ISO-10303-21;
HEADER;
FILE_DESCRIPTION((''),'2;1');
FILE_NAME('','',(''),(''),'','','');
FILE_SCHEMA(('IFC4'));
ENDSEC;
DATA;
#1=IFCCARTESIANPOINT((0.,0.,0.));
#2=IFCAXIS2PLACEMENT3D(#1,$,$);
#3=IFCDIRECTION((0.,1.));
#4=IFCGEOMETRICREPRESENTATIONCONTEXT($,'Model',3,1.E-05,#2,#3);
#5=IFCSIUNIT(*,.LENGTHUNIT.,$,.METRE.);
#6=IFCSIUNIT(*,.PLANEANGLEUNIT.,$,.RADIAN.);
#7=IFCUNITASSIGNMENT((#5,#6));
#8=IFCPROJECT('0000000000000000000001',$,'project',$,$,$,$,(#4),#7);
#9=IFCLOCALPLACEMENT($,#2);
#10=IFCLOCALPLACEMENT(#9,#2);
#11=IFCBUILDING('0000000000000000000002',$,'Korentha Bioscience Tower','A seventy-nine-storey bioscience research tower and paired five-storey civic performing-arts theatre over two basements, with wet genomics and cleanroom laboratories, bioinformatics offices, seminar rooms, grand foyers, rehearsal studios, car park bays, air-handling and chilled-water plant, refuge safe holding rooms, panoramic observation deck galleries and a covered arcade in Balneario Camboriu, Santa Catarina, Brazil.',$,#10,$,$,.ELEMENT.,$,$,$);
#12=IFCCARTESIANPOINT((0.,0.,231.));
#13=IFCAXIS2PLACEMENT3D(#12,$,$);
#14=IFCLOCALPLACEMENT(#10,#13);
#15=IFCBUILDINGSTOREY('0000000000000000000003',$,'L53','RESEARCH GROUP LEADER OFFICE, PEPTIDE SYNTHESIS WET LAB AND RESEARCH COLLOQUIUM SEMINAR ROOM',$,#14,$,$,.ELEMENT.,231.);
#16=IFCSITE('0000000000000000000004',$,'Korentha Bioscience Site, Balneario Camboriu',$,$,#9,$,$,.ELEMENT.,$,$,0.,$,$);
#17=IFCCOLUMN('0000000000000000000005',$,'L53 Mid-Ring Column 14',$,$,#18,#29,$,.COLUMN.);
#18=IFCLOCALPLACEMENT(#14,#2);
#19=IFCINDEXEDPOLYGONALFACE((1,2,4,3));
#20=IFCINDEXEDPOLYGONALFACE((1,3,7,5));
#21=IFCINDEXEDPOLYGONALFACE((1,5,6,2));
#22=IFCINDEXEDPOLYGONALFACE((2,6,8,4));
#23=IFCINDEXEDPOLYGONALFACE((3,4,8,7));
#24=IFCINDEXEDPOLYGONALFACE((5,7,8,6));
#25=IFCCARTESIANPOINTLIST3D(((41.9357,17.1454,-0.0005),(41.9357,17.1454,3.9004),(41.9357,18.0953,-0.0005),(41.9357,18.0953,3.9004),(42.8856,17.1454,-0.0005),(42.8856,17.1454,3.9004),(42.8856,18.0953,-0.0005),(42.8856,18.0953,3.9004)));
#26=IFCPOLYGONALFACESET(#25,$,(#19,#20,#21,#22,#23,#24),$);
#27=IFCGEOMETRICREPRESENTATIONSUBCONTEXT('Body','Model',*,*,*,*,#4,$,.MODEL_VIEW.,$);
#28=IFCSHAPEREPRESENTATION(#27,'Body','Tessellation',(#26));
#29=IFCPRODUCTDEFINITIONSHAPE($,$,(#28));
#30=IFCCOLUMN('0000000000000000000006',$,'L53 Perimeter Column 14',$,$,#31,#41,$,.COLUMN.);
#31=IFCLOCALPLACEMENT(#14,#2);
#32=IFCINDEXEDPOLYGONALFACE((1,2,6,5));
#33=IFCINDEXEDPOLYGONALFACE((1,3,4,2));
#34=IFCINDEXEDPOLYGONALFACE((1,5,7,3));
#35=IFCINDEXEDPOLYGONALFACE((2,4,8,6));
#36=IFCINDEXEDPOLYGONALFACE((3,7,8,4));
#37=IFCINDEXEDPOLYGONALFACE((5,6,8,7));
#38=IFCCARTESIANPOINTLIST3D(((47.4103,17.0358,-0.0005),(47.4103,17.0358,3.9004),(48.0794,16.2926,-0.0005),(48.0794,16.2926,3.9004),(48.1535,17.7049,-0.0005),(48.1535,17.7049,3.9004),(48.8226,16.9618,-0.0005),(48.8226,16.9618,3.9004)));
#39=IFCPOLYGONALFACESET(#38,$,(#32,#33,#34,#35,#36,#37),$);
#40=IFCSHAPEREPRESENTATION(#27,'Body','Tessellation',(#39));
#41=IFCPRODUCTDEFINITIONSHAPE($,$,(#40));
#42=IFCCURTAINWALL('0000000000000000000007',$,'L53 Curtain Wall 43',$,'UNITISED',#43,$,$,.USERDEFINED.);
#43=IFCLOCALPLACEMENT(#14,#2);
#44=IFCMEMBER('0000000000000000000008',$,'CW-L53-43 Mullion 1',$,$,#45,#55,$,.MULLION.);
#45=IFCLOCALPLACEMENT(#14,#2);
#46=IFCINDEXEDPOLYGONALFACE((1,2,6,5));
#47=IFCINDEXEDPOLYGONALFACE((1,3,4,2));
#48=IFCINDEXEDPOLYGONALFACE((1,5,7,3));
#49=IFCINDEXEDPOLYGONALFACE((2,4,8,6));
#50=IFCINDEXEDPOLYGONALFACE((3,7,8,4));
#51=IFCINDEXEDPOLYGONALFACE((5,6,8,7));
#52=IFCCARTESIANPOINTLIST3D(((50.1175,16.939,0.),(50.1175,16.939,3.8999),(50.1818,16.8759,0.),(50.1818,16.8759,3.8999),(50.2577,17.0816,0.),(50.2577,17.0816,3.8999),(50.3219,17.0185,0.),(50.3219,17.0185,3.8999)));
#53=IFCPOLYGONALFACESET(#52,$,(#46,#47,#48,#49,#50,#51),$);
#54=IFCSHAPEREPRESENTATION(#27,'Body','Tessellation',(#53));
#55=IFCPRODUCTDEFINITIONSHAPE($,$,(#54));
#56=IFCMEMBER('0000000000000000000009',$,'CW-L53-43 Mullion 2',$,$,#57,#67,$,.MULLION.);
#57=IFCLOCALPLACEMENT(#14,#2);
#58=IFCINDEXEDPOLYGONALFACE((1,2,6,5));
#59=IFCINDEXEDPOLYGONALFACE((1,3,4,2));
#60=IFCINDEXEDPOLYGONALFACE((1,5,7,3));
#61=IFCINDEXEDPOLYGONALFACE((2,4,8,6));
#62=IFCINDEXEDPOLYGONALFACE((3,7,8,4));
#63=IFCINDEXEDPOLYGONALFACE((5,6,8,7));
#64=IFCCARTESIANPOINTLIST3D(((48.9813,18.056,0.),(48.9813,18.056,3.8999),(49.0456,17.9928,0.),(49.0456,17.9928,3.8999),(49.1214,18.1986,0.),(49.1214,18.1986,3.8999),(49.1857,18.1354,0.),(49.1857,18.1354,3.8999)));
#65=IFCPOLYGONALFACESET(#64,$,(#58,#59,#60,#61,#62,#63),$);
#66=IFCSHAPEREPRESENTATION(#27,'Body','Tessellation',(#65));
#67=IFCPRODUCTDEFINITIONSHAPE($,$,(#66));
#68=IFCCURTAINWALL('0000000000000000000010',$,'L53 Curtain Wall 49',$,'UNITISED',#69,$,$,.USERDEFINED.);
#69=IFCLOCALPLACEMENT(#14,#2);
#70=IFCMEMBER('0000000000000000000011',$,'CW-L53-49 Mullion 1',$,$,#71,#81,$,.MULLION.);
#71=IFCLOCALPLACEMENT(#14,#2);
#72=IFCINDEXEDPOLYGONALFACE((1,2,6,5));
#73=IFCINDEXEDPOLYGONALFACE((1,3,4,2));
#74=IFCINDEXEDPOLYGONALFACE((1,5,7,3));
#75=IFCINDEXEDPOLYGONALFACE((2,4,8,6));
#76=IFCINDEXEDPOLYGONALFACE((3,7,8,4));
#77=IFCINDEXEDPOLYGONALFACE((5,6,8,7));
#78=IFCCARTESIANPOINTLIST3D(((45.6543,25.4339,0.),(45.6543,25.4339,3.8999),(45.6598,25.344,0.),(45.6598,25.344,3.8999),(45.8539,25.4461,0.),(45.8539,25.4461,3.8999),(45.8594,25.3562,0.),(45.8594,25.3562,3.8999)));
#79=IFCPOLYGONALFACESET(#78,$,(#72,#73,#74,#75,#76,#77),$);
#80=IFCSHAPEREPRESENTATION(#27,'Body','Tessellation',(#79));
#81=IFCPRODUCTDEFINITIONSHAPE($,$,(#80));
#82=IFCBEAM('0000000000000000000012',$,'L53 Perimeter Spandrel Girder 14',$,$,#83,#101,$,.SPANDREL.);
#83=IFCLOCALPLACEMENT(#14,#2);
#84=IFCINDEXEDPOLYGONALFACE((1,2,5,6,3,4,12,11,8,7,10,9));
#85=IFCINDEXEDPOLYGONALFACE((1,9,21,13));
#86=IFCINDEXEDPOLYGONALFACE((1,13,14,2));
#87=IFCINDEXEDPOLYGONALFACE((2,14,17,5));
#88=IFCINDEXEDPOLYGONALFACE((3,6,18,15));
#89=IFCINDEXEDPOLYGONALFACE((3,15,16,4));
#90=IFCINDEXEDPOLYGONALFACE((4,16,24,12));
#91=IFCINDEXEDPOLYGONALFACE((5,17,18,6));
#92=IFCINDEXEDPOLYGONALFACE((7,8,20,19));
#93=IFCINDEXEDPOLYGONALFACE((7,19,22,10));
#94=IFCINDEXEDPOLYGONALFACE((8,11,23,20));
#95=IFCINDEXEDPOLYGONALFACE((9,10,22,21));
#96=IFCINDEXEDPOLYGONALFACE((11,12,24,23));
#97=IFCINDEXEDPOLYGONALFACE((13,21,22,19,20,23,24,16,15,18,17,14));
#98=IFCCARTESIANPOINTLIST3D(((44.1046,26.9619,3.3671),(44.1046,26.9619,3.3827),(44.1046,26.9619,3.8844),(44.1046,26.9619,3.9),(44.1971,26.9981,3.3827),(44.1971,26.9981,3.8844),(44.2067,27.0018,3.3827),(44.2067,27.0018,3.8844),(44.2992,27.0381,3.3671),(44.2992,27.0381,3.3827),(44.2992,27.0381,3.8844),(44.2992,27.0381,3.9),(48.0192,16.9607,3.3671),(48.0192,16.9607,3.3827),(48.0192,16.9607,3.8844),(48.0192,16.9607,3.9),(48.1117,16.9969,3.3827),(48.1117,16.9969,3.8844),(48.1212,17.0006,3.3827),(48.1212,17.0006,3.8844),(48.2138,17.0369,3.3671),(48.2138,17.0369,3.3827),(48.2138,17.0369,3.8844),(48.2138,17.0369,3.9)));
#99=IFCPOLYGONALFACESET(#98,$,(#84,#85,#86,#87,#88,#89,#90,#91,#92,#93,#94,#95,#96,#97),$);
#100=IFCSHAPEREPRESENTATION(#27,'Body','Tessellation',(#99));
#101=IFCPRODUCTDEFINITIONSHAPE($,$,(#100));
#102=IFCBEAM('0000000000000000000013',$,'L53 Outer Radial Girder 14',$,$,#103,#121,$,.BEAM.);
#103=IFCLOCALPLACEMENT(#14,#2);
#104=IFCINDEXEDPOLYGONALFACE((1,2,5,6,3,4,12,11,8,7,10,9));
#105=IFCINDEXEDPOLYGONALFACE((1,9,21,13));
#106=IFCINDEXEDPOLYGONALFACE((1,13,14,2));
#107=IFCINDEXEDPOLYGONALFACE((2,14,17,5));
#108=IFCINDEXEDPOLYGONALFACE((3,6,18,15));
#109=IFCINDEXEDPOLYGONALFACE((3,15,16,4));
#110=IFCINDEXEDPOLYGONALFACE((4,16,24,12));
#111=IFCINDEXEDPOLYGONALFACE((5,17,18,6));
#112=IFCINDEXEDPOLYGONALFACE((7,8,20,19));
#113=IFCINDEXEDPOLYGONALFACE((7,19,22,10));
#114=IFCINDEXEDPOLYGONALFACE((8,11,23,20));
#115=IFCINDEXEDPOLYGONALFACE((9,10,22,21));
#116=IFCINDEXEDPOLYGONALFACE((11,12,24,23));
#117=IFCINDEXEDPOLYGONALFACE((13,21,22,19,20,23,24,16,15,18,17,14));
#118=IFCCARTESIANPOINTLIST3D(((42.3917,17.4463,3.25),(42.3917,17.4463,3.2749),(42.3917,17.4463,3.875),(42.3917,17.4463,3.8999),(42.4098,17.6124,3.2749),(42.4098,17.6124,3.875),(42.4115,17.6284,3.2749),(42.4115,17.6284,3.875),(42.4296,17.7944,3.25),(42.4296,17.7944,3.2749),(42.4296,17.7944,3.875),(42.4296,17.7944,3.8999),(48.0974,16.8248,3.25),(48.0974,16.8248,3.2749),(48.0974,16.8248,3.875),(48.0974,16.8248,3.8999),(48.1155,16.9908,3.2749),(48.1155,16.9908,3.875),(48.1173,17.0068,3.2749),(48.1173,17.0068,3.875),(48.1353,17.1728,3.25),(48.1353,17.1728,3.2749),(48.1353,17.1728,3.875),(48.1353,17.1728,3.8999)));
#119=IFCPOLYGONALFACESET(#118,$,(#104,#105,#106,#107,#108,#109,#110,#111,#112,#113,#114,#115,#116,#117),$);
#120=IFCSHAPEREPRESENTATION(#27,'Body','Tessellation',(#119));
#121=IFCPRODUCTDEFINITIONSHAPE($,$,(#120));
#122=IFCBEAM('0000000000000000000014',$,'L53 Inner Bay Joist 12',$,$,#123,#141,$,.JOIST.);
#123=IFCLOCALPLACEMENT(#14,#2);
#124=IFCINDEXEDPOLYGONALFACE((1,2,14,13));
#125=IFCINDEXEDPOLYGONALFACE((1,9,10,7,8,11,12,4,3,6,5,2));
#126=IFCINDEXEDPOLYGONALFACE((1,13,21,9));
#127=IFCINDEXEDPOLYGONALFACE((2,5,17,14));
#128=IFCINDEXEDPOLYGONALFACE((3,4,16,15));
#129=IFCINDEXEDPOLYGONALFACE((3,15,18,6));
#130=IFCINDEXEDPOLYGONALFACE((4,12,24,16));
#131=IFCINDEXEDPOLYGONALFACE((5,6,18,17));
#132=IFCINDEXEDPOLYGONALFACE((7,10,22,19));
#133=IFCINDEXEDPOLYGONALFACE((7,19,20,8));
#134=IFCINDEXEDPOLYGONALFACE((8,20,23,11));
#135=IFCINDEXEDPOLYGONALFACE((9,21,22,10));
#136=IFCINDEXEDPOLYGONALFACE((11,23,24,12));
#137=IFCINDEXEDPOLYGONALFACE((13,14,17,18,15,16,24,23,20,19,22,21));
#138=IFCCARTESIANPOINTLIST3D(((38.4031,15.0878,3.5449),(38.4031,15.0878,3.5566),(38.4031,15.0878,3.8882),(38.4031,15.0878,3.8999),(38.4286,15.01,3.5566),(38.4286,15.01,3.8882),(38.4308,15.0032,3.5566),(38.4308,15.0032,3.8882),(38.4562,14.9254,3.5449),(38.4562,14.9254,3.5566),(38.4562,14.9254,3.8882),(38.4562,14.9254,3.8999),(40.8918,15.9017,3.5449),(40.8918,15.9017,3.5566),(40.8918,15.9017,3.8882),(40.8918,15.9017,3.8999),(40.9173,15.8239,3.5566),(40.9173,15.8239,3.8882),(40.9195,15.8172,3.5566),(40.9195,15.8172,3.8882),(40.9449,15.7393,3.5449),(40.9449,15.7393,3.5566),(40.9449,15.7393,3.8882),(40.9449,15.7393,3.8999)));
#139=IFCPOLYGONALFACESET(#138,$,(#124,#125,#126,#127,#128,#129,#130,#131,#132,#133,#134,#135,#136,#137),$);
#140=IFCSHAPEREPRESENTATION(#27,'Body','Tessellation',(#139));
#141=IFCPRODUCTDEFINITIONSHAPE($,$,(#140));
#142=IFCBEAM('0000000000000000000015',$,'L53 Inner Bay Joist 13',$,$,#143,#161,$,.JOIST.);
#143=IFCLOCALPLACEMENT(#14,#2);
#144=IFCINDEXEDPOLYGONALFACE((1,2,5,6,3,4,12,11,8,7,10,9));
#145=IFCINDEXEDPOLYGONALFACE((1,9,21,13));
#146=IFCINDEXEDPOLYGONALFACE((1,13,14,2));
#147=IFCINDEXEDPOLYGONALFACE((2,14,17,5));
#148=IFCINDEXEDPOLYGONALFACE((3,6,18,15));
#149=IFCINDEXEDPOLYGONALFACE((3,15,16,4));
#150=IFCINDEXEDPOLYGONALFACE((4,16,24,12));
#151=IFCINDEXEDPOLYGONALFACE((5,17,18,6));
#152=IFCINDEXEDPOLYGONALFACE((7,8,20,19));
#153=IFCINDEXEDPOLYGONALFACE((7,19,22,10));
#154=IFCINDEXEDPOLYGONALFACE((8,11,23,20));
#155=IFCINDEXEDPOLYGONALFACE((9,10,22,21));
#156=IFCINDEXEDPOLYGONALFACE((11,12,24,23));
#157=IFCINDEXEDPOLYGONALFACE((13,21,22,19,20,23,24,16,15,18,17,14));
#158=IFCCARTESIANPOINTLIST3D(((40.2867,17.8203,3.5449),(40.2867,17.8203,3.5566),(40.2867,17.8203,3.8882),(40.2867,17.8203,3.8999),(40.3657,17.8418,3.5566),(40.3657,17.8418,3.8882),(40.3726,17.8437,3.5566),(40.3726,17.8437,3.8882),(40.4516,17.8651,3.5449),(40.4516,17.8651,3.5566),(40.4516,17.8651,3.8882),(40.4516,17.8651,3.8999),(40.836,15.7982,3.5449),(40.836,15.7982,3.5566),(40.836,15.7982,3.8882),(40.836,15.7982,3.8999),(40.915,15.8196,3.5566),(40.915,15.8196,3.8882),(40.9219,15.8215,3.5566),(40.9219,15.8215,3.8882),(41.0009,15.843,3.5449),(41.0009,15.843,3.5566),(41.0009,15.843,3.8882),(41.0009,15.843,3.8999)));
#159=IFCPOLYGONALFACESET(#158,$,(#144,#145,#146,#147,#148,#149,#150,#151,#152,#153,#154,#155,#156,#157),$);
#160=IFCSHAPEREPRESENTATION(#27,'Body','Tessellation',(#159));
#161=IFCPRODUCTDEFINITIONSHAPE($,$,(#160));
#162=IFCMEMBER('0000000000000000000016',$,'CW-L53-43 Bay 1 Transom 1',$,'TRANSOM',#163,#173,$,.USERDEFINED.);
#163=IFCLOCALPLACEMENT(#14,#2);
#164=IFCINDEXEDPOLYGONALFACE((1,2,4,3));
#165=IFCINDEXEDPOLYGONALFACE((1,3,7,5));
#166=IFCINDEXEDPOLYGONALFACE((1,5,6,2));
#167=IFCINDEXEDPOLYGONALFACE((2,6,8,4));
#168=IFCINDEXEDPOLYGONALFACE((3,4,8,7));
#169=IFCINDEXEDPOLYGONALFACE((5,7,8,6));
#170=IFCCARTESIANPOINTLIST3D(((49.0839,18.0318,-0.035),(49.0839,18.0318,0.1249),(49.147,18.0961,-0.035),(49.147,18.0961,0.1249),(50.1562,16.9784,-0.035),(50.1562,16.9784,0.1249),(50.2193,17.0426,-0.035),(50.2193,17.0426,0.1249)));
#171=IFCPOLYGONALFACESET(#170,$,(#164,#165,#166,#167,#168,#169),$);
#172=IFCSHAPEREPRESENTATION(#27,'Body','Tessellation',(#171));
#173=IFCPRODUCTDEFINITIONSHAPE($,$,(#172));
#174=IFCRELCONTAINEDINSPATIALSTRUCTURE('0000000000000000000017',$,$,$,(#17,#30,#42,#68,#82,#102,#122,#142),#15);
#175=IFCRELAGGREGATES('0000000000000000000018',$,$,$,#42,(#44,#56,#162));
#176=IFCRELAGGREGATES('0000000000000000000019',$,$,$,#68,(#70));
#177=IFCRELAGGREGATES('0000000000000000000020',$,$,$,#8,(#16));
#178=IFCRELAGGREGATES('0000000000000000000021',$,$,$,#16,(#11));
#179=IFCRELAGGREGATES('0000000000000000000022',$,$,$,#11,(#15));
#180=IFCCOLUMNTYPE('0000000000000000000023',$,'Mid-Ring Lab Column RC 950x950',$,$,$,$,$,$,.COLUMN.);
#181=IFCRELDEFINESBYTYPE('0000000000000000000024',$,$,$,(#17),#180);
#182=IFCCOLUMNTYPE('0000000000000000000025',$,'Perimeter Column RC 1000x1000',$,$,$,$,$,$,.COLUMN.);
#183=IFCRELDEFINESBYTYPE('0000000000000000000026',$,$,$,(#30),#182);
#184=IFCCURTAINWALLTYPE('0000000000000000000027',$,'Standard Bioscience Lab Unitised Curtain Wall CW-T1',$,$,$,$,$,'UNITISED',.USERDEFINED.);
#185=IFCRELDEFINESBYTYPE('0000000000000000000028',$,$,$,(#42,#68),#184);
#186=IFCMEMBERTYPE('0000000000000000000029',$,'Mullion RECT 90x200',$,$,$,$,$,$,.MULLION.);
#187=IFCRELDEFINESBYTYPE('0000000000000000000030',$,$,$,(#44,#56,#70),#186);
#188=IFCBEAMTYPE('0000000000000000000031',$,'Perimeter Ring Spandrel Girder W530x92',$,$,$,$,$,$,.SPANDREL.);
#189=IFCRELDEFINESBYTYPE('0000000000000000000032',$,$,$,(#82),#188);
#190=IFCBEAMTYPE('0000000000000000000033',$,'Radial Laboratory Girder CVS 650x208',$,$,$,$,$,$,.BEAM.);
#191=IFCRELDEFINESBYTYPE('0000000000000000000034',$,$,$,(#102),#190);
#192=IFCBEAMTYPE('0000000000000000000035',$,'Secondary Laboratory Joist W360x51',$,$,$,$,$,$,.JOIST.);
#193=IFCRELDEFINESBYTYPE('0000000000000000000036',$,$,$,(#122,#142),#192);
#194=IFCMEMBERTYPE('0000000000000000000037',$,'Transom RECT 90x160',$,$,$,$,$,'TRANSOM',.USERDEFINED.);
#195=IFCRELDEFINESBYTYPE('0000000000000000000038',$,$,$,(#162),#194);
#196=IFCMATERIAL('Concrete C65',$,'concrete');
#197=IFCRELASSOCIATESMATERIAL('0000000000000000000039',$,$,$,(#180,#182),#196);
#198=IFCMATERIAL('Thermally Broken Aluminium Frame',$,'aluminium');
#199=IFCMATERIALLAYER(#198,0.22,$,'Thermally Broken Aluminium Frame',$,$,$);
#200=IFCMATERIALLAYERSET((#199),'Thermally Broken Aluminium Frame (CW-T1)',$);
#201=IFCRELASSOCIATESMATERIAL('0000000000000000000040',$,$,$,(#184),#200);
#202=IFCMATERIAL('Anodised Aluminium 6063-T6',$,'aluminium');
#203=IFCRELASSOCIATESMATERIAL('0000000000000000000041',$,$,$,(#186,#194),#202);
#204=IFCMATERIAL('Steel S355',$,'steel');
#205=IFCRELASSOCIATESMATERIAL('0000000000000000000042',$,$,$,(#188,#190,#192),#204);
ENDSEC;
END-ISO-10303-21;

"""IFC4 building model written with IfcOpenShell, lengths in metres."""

from ifc_helpers import new_model, si_unit, direction, frame, origin, origin_2d, place, context, subcontext, project, spatial, rectangle, i_section, extrude, material, layer, layer_set, material_profile, profile_set, type_object, element, aggregate, save


model = new_model("IFC4")

# Units and contexts
model_context = context("Model", 3, precision=1e-05, world=origin(), true_north=direction((0.0, 1.0)))
body_context = subcontext(model_context, "Body", "Model", "MODEL_VIEW")
ifc_project = project(units=[si_unit("LENGTHUNIT", "METRE"), si_unit("PLANEANGLEUNIT", "RADIAN")], contexts=[model_context])

# Site, building, storey
site_placement = place(None, origin())
site = spatial("IfcSite", under=ifc_project, at=site_placement, Name="Korentha Bioscience Site, Balneario Camboriu", CompositionType="ELEMENT", RefElevation=0.0)
building_placement = place(site_placement, origin())
building = spatial("IfcBuilding", under=site, at=building_placement, Name="Korentha Bioscience Tower", Description="A seventy-nine-storey bioscience research tower and paired five-storey civic performing-arts theatre over two basements, with wet genomics and cleanroom laboratories, bioinformatics offices, seminar rooms, grand foyers, rehearsal studios, car park bays, air-handling and chilled-water plant, refuge safe holding rooms, panoramic observation deck galleries and a covered arcade in Balneario Camboriu, Santa Catarina, Brazil.", CompositionType="ELEMENT")
storey_placement = place(building_placement, frame((0.0, 0.0, 231.0)))
storey = spatial("IfcBuildingStorey", under=building, at=storey_placement, Name="L53", Description="RESEARCH GROUP LEADER OFFICE, PEPTIDE SYNTHESIS WET LAB AND RESEARCH COLLOQUIUM SEMINAR ROOM", CompositionType="ELEMENT", Elevation=231.0)

# Columns
ifc_material_1 = material(Name="Concrete C65", Category="concrete")
ifc_material_profile_1 = material_profile(ifc_material_1, rectangle(XDim=0.95, YDim=0.95, at=origin_2d()), Name="Concrete C65")
ifc_profile_set_1 = profile_set([ifc_material_profile_1], Name="Concrete C65 (COL-MR09)")
column_type_1 = type_object("IfcColumnType", Name="Mid-Ring Lab Column RC 950x950", PredefinedType="COLUMN", material=ifc_profile_set_1)
column_1_placement = place(storey_placement, frame((42.4106, 17.6204, -0.0005), z_axis=(0.0, 0.0, 1.0), x_axis=(1.0, 0.0, 0.0)))
element("IfcColumn", 1, at=column_1_placement, inside=storey, type_object=column_type_1, Name="L53 Mid-Ring Column 14", PredefinedType="COLUMN", context=body_context, shape_type="SweptSolid", body=[
    extrude(rectangle(XDim=0.95, YDim=0.95, at=origin_2d()), origin(), (0.0, 0.0, 1.0), 3.9009),
])
ifc_material_profile_2 = material_profile(ifc_material_1, rectangle(XDim=1.0, YDim=1.0, at=origin_2d()), Name="Concrete C65")
ifc_profile_set_2 = profile_set([ifc_material_profile_2], Name="Concrete C65 (COL-P10)")
column_type_2 = type_object("IfcColumnType", Name="Perimeter Column RC 1000x1000", PredefinedType="COLUMN", material=ifc_profile_set_2)
column_2_placement = place(storey_placement, frame((48.1165, 16.9988, -0.0005), z_axis=(0.0, 0.0, 1.0), x_axis=(-0.669131, 0.743145, 0.0)))
element("IfcColumn", 2, at=column_2_placement, inside=storey, type_object=column_type_2, Name="L53 Perimeter Column 14", PredefinedType="COLUMN", context=body_context, shape_type="SweptSolid", body=[
    extrude(rectangle(XDim=1.0, YDim=1.0, at=origin_2d()), origin(), (0.0, 0.0, 1.0), 3.9009),
])

# Curtain wall, members
ifc_material_2 = material(Name="Thermally Broken Aluminium Frame", Category="aluminium")
ifc_layer_1 = layer(ifc_material_2, 0.22, Name="Thermally Broken Aluminium Frame")
ifc_layer_set_1 = layer_set([ifc_layer_1], Name="Thermally Broken Aluminium Frame (CW-T1)")
curtain_wall_type = type_object("IfcCurtainWallType", Name="Standard Bioscience Lab Unitised Curtain Wall CW-T1", ElementType="UNITISED", PredefinedType="USERDEFINED", material=ifc_layer_set_1)
curtain_wall_1_placement = place(storey_placement, origin())
curtain_wall_1 = element("IfcCurtainWall", 3, at=curtain_wall_1_placement, inside=storey, type_object=curtain_wall_type, Name="L53 Curtain Wall 43", ObjectType="UNITISED", PredefinedType="USERDEFINED")
ifc_material_3 = material(Name="Anodised Aluminium 6063-T6", Category="aluminium")
ifc_material_profile_3 = material_profile(ifc_material_3, rectangle(XDim=0.0901, YDim=0.2, at=origin_2d()), Name="Anodised Aluminium 6063-T6")
ifc_profile_set_3 = profile_set([ifc_material_profile_3], Name="Anodised Aluminium 6063-T6 (CW-MUL)")
member_type_1 = type_object("IfcMemberType", Name="Mullion RECT 90x200", PredefinedType="MULLION", material=ifc_profile_set_3)
member_1_placement = place(storey_placement, frame((50.2197, 16.9788, 0.0), z_axis=(0.0, 0.0, 1.0), x_axis=(-0.713258, 0.700901, 0.0)))
member_1 = element("IfcMember", 4, at=member_1_placement, type_object=member_type_1, Name="CW-L53-43 Mullion 1", PredefinedType="MULLION", context=body_context, shape_type="SweptSolid", body=[
    extrude(rectangle(XDim=0.0901, YDim=0.2, at=origin_2d()), origin(), (0.0, 0.0, 1.0), 3.8999),
])
member_2_placement = place(storey_placement, frame((49.0835, 18.0957, 0.0), z_axis=(0.0, 0.0, 1.0), x_axis=(-0.713258, 0.700901, 0.0)))
member_2 = element("IfcMember", 5, at=member_2_placement, type_object=member_type_1, Name="CW-L53-43 Mullion 2", PredefinedType="MULLION", context=body_context, shape_type="SweptSolid", body=[
    extrude(rectangle(XDim=0.0901, YDim=0.2, at=origin_2d()), origin(), (0.0, 0.0, 1.0), 3.8999),
])

# Curtain wall, member
curtain_wall_2_placement = place(storey_placement, origin())
curtain_wall_2 = element("IfcCurtainWall", 6, at=curtain_wall_2_placement, inside=storey, type_object=curtain_wall_type, Name="L53 Curtain Wall 49", ObjectType="UNITISED", PredefinedType="USERDEFINED")
member_3_placement = place(storey_placement, frame((45.7568, 25.395, 0.0), z_axis=(0.0, 0.0, 1.0), x_axis=(-0.060954, 0.998141, 0.0)))
member_3 = element("IfcMember", 7, at=member_3_placement, type_object=member_type_1, Name="CW-L53-49 Mullion 1", PredefinedType="MULLION", context=body_context, shape_type="SweptSolid", body=[
    extrude(rectangle(XDim=0.0901, YDim=0.2, at=origin_2d()), origin(), (0.0, 0.0, 1.0), 3.8999),
])

# Beams
ifc_material_4 = material(Name="Steel S355", Category="steel")
ifc_material_profile_4 = material_profile(ifc_material_4, i_section(OverallWidth=0.209, OverallDepth=0.533, WebThickness=0.0103, FlangeThickness=0.0156, at=origin_2d()), Name="Steel S355")
ifc_profile_set_4 = profile_set([ifc_material_profile_4], Name="Steel S355 (SB-530)")
beam_type_1 = type_object("IfcBeamType", Name="Perimeter Ring Spandrel Girder W530x92", PredefinedType="SPANDREL", material=ifc_profile_set_4)
beam_1_placement = place(storey_placement, frame((48.1165, 16.9988, 3.6335), z_axis=(-0.364482, 0.93121, 0.0), x_axis=(-0.93121, -0.364482, 0.0)))
element("IfcBeam", 8, at=beam_1_placement, inside=storey, type_object=beam_type_1, Name="L53 Perimeter Spandrel Girder 14", PredefinedType="SPANDREL", context=body_context, shape_type="SweptSolid", body=[
    extrude(i_section(OverallWidth=0.209, OverallDepth=0.533, WebThickness=0.0103, FlangeThickness=0.0156, at=origin_2d()), origin(), (0.0, 0.0, 1.0), 10.74),
])
ifc_material_profile_5 = material_profile(ifc_material_4, i_section(OverallWidth=0.3501, OverallDepth=0.6499, WebThickness=0.0161, FlangeThickness=0.0249, at=origin_2d()), Name="Steel S355")
ifc_profile_set_5 = profile_set([ifc_material_profile_5], Name="Steel S355 (RB-650)")
beam_type_2 = type_object("IfcBeamType", Name="Radial Laboratory Girder CVS 650x208", PredefinedType="BEAM", material=ifc_profile_set_5)
beam_2_placement = place(storey_placement, frame((42.4106, 17.6204, 3.575), z_axis=(0.994119, -0.108298, 0.0), x_axis=(0.108298, 0.994119, 0.0)))
element("IfcBeam", 9, at=beam_2_placement, inside=storey, type_object=beam_type_2, Name="L53 Outer Radial Girder 14", PredefinedType="BEAM", context=body_context, shape_type="SweptSolid", body=[
    extrude(i_section(OverallWidth=0.3501, OverallDepth=0.6499, WebThickness=0.0161, FlangeThickness=0.0249, at=origin_2d()), origin(), (0.0, 0.0, 1.0), 5.7395),
])
ifc_material_profile_6 = material_profile(ifc_material_4, i_section(OverallWidth=0.1709, OverallDepth=0.355, WebThickness=0.0071, FlangeThickness=0.0117, at=origin_2d()), Name="Steel S355")
ifc_profile_set_6 = profile_set([ifc_material_profile_6], Name="Steel S355 (JB-360)")
beam_type_3 = type_object("IfcBeamType", Name="Secondary Laboratory Joist W360x51", PredefinedType="JOIST", material=ifc_profile_set_6)
beam_3_placement = place(storey_placement, frame((38.4297, 15.0066, 3.7224), z_axis=(0.950458, 0.310852, 0.0), x_axis=(-0.310852, 0.950458, 0.0)))
element("IfcBeam", 10, at=beam_3_placement, inside=storey, type_object=beam_type_3, Name="L53 Inner Bay Joist 12", PredefinedType="JOIST", context=body_context, shape_type="SweptSolid", body=[
    extrude(i_section(OverallWidth=0.1709, OverallDepth=0.355, WebThickness=0.0071, FlangeThickness=0.0117, at=origin_2d()), origin(), (0.0, 0.0, 1.0), 2.6184),
])
beam_4_placement = place(storey_placement, frame((40.9185, 15.8206, 3.7224), z_axis=(-0.262141, 0.96503, 0.0), x_axis=(-0.96503, -0.262141, 0.0)))
element("IfcBeam", 11, at=beam_4_placement, inside=storey, type_object=beam_type_3, Name="L53 Inner Bay Joist 13", PredefinedType="JOIST", context=body_context, shape_type="SweptSolid", body=[
    extrude(i_section(OverallWidth=0.1709, OverallDepth=0.355, WebThickness=0.0071, FlangeThickness=0.0117, at=origin_2d()), origin(), (0.0, 0.0, 1.0), 2.0955),
])

# Member
ifc_material_profile_7 = material_profile(ifc_material_3, rectangle(XDim=0.0901, YDim=0.1599, at=origin_2d()), Name="Anodised Aluminium 6063-T6")
ifc_profile_set_7 = profile_set([ifc_material_profile_7], Name="Anodised Aluminium 6063-T6 (CW-TRN)")
member_type_2 = type_object("IfcMemberType", Name="Transom RECT 90x160", ElementType="TRANSOM", PredefinedType="USERDEFINED", material=ifc_profile_set_7)
member_4_placement = place(storey_placement, frame((50.1877, 17.0105, 0.0449), z_axis=(-0.713332, 0.700826, 0.0), x_axis=(-0.700826, -0.713332, 0.0)))
member_4 = element("IfcMember", 12, at=member_4_placement, type_object=member_type_2, Name="CW-L53-43 Bay 1 Transom 1", ObjectType="TRANSOM", PredefinedType="USERDEFINED", context=body_context, shape_type="SweptSolid", body=[
    extrude(rectangle(XDim=0.0901, YDim=0.1599, at=origin_2d()), origin(), (0.0, 0.0, 1.0), 1.5032),
])

aggregate(curtain_wall_1, [member_1, member_2, member_4])
aggregate(curtain_wall_2, [member_3])

save(model, "model.ifc")
